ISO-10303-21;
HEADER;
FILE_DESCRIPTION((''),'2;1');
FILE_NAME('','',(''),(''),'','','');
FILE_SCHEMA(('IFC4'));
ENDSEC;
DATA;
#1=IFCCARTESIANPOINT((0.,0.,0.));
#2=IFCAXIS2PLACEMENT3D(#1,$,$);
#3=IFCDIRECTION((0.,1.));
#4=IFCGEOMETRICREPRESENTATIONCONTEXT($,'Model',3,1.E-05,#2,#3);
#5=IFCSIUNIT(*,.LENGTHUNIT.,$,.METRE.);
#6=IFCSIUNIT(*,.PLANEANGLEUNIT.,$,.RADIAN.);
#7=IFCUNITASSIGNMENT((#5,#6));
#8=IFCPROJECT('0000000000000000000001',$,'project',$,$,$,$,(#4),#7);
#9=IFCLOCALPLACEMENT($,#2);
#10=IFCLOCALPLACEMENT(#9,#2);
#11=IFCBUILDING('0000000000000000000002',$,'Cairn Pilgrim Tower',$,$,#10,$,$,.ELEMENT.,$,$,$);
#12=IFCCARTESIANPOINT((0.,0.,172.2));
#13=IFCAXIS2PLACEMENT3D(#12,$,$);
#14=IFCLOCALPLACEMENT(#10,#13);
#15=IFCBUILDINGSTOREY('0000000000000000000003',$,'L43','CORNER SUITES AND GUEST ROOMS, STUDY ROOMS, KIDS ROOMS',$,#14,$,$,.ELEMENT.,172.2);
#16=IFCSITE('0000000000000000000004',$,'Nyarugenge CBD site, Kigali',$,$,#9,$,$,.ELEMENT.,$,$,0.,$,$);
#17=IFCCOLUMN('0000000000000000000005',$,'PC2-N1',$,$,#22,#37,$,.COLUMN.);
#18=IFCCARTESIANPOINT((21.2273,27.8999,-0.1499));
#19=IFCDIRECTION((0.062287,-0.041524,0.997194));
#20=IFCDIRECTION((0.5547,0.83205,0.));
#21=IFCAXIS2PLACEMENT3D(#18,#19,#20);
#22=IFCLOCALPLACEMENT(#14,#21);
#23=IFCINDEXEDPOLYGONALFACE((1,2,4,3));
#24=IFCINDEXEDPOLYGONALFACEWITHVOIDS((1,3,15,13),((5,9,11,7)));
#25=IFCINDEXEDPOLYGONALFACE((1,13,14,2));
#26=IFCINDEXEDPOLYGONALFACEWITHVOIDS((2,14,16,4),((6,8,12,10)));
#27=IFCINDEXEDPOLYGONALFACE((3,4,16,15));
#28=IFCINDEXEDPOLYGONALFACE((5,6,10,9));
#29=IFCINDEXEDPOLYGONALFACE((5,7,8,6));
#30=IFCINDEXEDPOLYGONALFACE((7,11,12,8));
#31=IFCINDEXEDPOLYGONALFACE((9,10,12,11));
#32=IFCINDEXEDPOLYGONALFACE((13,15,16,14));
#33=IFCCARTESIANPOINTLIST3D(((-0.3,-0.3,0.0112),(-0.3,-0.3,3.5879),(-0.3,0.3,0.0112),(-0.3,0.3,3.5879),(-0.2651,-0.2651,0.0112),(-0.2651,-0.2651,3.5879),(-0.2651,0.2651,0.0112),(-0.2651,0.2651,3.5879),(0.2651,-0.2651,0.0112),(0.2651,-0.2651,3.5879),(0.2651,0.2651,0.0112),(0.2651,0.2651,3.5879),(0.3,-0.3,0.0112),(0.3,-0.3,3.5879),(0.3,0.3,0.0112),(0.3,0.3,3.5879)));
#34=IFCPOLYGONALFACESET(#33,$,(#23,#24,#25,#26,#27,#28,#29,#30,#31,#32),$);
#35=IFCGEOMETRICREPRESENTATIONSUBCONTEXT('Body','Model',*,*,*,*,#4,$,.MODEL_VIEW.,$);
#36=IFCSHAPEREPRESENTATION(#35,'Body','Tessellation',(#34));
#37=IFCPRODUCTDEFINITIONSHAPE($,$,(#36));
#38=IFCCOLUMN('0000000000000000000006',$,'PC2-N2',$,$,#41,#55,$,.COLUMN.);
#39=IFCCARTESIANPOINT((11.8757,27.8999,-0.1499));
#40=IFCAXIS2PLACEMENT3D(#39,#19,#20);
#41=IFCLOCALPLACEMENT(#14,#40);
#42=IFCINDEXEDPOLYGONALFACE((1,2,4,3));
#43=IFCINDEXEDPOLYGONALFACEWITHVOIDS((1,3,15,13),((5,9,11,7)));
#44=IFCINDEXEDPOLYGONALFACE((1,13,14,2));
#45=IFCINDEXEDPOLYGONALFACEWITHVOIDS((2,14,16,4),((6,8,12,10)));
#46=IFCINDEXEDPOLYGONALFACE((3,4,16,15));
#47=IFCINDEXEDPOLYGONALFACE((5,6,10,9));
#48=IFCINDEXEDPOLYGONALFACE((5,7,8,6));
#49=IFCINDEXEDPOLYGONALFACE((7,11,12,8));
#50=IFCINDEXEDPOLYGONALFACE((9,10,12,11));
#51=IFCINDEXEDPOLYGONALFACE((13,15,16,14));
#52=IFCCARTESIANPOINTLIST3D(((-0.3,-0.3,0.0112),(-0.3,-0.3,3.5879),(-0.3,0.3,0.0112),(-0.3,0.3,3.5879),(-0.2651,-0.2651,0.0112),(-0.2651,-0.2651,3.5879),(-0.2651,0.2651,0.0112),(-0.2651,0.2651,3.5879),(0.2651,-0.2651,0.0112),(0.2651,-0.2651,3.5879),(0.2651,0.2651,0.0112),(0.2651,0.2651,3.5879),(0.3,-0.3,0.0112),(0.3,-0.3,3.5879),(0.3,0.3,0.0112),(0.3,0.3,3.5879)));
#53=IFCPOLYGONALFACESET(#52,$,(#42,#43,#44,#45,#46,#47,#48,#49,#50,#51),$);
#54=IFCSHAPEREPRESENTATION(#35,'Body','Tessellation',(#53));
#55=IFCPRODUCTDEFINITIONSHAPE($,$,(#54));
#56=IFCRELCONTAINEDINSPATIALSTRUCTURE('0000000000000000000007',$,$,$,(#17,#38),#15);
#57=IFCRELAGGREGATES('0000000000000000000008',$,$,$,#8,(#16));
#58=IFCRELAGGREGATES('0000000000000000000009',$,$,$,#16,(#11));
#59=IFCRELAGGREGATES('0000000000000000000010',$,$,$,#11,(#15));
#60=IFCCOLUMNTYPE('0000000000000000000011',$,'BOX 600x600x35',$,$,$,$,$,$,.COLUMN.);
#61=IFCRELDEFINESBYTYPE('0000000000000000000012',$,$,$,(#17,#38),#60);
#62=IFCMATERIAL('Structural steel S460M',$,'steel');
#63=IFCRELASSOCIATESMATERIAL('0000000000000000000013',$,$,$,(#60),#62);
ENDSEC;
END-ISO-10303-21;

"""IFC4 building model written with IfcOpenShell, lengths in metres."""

from ifc_helpers import new_model, si_unit, direction, frame, origin, origin_2d, place, context, subcontext, project, spatial, hollow_rectangle, extrude, clip, halfspace, material, material_profile, profile_set, type_object, element, save


model = new_model("IFC4")

# Units and contexts
model_context = context("Model", 3, precision=1e-05, world=origin(), true_north=direction((0.0, 1.0)))
body_context = subcontext(model_context, "Body", "Model", "MODEL_VIEW")
ifc_project = project(units=[si_unit("LENGTHUNIT", "METRE"), si_unit("PLANEANGLEUNIT", "RADIAN")], contexts=[model_context])

# Site, building, storey
site_placement = place(None, origin())
site = spatial("IfcSite", under=ifc_project, at=site_placement, Name="Nyarugenge CBD site, Kigali", CompositionType="ELEMENT", RefElevation=0.0)
building_placement = place(site_placement, origin())
building = spatial("IfcBuilding", under=site, at=building_placement, Name="Cairn Pilgrim Tower", CompositionType="ELEMENT")
storey_placement = place(building_placement, frame((0.0, 0.0, 172.2)))
storey = spatial("IfcBuildingStorey", under=building, at=storey_placement, Name="L43", Description="CORNER SUITES AND GUEST ROOMS, STUDY ROOMS, KIDS ROOMS", CompositionType="ELEMENT", Elevation=172.2)

# Columns
ifc_material_1 = material(Name="Structural steel S460M", Category="steel")
ifc_material_profile_1 = material_profile(ifc_material_1, hollow_rectangle(XDim=0.6001, YDim=0.6001, WallThickness=0.0349, at=origin_2d()), Name="BOX 600x600x35")
ifc_profile_set_1 = profile_set([ifc_material_profile_1], Name="Structural steel S460M")
column_type = type_object("IfcColumnType", Name="BOX 600x600x35", PredefinedType="COLUMN", material=ifc_profile_set_1)
for number, where, z_axis, x_axis, name in (
    (1, (21.2273, 27.8999, -0.1499), (0.062287, -0.041524, 0.997194), (0.5547, 0.83205, 0.0), "PC2-N1"),
    (2, (11.8757, 27.8999, -0.1499), (0.062287, -0.041524, 0.997194), (0.5547, 0.83205, 0.0), "PC2-N2"),
):
    element("IfcColumn", number, at=place(storey_placement, frame(where, z_axis=z_axis, x_axis=x_axis)), inside=storey, type_object=column_type, Name=name, PredefinedType="COLUMN", context=body_context, shape_type="Clipping", body=[
        clip(clip(extrude(hollow_rectangle(XDim=0.6001, YDim=0.6001, WallThickness=0.0349, at=origin_2d()), origin(), (0.0, 0.0, 1.0), 3.6099), halfspace(frame((0.0, 0.0, 0.0112), z_axis=(0.0, 0.0, 1.0), x_axis=(1.0, 0.0, 0.0)), True)), halfspace(frame((0.0, 0.0, 3.5879), z_axis=(0.0, 0.0, 1.0), x_axis=(1.0, 0.0, 0.0)), False)),
    ])

save(model, "model.ifc")
